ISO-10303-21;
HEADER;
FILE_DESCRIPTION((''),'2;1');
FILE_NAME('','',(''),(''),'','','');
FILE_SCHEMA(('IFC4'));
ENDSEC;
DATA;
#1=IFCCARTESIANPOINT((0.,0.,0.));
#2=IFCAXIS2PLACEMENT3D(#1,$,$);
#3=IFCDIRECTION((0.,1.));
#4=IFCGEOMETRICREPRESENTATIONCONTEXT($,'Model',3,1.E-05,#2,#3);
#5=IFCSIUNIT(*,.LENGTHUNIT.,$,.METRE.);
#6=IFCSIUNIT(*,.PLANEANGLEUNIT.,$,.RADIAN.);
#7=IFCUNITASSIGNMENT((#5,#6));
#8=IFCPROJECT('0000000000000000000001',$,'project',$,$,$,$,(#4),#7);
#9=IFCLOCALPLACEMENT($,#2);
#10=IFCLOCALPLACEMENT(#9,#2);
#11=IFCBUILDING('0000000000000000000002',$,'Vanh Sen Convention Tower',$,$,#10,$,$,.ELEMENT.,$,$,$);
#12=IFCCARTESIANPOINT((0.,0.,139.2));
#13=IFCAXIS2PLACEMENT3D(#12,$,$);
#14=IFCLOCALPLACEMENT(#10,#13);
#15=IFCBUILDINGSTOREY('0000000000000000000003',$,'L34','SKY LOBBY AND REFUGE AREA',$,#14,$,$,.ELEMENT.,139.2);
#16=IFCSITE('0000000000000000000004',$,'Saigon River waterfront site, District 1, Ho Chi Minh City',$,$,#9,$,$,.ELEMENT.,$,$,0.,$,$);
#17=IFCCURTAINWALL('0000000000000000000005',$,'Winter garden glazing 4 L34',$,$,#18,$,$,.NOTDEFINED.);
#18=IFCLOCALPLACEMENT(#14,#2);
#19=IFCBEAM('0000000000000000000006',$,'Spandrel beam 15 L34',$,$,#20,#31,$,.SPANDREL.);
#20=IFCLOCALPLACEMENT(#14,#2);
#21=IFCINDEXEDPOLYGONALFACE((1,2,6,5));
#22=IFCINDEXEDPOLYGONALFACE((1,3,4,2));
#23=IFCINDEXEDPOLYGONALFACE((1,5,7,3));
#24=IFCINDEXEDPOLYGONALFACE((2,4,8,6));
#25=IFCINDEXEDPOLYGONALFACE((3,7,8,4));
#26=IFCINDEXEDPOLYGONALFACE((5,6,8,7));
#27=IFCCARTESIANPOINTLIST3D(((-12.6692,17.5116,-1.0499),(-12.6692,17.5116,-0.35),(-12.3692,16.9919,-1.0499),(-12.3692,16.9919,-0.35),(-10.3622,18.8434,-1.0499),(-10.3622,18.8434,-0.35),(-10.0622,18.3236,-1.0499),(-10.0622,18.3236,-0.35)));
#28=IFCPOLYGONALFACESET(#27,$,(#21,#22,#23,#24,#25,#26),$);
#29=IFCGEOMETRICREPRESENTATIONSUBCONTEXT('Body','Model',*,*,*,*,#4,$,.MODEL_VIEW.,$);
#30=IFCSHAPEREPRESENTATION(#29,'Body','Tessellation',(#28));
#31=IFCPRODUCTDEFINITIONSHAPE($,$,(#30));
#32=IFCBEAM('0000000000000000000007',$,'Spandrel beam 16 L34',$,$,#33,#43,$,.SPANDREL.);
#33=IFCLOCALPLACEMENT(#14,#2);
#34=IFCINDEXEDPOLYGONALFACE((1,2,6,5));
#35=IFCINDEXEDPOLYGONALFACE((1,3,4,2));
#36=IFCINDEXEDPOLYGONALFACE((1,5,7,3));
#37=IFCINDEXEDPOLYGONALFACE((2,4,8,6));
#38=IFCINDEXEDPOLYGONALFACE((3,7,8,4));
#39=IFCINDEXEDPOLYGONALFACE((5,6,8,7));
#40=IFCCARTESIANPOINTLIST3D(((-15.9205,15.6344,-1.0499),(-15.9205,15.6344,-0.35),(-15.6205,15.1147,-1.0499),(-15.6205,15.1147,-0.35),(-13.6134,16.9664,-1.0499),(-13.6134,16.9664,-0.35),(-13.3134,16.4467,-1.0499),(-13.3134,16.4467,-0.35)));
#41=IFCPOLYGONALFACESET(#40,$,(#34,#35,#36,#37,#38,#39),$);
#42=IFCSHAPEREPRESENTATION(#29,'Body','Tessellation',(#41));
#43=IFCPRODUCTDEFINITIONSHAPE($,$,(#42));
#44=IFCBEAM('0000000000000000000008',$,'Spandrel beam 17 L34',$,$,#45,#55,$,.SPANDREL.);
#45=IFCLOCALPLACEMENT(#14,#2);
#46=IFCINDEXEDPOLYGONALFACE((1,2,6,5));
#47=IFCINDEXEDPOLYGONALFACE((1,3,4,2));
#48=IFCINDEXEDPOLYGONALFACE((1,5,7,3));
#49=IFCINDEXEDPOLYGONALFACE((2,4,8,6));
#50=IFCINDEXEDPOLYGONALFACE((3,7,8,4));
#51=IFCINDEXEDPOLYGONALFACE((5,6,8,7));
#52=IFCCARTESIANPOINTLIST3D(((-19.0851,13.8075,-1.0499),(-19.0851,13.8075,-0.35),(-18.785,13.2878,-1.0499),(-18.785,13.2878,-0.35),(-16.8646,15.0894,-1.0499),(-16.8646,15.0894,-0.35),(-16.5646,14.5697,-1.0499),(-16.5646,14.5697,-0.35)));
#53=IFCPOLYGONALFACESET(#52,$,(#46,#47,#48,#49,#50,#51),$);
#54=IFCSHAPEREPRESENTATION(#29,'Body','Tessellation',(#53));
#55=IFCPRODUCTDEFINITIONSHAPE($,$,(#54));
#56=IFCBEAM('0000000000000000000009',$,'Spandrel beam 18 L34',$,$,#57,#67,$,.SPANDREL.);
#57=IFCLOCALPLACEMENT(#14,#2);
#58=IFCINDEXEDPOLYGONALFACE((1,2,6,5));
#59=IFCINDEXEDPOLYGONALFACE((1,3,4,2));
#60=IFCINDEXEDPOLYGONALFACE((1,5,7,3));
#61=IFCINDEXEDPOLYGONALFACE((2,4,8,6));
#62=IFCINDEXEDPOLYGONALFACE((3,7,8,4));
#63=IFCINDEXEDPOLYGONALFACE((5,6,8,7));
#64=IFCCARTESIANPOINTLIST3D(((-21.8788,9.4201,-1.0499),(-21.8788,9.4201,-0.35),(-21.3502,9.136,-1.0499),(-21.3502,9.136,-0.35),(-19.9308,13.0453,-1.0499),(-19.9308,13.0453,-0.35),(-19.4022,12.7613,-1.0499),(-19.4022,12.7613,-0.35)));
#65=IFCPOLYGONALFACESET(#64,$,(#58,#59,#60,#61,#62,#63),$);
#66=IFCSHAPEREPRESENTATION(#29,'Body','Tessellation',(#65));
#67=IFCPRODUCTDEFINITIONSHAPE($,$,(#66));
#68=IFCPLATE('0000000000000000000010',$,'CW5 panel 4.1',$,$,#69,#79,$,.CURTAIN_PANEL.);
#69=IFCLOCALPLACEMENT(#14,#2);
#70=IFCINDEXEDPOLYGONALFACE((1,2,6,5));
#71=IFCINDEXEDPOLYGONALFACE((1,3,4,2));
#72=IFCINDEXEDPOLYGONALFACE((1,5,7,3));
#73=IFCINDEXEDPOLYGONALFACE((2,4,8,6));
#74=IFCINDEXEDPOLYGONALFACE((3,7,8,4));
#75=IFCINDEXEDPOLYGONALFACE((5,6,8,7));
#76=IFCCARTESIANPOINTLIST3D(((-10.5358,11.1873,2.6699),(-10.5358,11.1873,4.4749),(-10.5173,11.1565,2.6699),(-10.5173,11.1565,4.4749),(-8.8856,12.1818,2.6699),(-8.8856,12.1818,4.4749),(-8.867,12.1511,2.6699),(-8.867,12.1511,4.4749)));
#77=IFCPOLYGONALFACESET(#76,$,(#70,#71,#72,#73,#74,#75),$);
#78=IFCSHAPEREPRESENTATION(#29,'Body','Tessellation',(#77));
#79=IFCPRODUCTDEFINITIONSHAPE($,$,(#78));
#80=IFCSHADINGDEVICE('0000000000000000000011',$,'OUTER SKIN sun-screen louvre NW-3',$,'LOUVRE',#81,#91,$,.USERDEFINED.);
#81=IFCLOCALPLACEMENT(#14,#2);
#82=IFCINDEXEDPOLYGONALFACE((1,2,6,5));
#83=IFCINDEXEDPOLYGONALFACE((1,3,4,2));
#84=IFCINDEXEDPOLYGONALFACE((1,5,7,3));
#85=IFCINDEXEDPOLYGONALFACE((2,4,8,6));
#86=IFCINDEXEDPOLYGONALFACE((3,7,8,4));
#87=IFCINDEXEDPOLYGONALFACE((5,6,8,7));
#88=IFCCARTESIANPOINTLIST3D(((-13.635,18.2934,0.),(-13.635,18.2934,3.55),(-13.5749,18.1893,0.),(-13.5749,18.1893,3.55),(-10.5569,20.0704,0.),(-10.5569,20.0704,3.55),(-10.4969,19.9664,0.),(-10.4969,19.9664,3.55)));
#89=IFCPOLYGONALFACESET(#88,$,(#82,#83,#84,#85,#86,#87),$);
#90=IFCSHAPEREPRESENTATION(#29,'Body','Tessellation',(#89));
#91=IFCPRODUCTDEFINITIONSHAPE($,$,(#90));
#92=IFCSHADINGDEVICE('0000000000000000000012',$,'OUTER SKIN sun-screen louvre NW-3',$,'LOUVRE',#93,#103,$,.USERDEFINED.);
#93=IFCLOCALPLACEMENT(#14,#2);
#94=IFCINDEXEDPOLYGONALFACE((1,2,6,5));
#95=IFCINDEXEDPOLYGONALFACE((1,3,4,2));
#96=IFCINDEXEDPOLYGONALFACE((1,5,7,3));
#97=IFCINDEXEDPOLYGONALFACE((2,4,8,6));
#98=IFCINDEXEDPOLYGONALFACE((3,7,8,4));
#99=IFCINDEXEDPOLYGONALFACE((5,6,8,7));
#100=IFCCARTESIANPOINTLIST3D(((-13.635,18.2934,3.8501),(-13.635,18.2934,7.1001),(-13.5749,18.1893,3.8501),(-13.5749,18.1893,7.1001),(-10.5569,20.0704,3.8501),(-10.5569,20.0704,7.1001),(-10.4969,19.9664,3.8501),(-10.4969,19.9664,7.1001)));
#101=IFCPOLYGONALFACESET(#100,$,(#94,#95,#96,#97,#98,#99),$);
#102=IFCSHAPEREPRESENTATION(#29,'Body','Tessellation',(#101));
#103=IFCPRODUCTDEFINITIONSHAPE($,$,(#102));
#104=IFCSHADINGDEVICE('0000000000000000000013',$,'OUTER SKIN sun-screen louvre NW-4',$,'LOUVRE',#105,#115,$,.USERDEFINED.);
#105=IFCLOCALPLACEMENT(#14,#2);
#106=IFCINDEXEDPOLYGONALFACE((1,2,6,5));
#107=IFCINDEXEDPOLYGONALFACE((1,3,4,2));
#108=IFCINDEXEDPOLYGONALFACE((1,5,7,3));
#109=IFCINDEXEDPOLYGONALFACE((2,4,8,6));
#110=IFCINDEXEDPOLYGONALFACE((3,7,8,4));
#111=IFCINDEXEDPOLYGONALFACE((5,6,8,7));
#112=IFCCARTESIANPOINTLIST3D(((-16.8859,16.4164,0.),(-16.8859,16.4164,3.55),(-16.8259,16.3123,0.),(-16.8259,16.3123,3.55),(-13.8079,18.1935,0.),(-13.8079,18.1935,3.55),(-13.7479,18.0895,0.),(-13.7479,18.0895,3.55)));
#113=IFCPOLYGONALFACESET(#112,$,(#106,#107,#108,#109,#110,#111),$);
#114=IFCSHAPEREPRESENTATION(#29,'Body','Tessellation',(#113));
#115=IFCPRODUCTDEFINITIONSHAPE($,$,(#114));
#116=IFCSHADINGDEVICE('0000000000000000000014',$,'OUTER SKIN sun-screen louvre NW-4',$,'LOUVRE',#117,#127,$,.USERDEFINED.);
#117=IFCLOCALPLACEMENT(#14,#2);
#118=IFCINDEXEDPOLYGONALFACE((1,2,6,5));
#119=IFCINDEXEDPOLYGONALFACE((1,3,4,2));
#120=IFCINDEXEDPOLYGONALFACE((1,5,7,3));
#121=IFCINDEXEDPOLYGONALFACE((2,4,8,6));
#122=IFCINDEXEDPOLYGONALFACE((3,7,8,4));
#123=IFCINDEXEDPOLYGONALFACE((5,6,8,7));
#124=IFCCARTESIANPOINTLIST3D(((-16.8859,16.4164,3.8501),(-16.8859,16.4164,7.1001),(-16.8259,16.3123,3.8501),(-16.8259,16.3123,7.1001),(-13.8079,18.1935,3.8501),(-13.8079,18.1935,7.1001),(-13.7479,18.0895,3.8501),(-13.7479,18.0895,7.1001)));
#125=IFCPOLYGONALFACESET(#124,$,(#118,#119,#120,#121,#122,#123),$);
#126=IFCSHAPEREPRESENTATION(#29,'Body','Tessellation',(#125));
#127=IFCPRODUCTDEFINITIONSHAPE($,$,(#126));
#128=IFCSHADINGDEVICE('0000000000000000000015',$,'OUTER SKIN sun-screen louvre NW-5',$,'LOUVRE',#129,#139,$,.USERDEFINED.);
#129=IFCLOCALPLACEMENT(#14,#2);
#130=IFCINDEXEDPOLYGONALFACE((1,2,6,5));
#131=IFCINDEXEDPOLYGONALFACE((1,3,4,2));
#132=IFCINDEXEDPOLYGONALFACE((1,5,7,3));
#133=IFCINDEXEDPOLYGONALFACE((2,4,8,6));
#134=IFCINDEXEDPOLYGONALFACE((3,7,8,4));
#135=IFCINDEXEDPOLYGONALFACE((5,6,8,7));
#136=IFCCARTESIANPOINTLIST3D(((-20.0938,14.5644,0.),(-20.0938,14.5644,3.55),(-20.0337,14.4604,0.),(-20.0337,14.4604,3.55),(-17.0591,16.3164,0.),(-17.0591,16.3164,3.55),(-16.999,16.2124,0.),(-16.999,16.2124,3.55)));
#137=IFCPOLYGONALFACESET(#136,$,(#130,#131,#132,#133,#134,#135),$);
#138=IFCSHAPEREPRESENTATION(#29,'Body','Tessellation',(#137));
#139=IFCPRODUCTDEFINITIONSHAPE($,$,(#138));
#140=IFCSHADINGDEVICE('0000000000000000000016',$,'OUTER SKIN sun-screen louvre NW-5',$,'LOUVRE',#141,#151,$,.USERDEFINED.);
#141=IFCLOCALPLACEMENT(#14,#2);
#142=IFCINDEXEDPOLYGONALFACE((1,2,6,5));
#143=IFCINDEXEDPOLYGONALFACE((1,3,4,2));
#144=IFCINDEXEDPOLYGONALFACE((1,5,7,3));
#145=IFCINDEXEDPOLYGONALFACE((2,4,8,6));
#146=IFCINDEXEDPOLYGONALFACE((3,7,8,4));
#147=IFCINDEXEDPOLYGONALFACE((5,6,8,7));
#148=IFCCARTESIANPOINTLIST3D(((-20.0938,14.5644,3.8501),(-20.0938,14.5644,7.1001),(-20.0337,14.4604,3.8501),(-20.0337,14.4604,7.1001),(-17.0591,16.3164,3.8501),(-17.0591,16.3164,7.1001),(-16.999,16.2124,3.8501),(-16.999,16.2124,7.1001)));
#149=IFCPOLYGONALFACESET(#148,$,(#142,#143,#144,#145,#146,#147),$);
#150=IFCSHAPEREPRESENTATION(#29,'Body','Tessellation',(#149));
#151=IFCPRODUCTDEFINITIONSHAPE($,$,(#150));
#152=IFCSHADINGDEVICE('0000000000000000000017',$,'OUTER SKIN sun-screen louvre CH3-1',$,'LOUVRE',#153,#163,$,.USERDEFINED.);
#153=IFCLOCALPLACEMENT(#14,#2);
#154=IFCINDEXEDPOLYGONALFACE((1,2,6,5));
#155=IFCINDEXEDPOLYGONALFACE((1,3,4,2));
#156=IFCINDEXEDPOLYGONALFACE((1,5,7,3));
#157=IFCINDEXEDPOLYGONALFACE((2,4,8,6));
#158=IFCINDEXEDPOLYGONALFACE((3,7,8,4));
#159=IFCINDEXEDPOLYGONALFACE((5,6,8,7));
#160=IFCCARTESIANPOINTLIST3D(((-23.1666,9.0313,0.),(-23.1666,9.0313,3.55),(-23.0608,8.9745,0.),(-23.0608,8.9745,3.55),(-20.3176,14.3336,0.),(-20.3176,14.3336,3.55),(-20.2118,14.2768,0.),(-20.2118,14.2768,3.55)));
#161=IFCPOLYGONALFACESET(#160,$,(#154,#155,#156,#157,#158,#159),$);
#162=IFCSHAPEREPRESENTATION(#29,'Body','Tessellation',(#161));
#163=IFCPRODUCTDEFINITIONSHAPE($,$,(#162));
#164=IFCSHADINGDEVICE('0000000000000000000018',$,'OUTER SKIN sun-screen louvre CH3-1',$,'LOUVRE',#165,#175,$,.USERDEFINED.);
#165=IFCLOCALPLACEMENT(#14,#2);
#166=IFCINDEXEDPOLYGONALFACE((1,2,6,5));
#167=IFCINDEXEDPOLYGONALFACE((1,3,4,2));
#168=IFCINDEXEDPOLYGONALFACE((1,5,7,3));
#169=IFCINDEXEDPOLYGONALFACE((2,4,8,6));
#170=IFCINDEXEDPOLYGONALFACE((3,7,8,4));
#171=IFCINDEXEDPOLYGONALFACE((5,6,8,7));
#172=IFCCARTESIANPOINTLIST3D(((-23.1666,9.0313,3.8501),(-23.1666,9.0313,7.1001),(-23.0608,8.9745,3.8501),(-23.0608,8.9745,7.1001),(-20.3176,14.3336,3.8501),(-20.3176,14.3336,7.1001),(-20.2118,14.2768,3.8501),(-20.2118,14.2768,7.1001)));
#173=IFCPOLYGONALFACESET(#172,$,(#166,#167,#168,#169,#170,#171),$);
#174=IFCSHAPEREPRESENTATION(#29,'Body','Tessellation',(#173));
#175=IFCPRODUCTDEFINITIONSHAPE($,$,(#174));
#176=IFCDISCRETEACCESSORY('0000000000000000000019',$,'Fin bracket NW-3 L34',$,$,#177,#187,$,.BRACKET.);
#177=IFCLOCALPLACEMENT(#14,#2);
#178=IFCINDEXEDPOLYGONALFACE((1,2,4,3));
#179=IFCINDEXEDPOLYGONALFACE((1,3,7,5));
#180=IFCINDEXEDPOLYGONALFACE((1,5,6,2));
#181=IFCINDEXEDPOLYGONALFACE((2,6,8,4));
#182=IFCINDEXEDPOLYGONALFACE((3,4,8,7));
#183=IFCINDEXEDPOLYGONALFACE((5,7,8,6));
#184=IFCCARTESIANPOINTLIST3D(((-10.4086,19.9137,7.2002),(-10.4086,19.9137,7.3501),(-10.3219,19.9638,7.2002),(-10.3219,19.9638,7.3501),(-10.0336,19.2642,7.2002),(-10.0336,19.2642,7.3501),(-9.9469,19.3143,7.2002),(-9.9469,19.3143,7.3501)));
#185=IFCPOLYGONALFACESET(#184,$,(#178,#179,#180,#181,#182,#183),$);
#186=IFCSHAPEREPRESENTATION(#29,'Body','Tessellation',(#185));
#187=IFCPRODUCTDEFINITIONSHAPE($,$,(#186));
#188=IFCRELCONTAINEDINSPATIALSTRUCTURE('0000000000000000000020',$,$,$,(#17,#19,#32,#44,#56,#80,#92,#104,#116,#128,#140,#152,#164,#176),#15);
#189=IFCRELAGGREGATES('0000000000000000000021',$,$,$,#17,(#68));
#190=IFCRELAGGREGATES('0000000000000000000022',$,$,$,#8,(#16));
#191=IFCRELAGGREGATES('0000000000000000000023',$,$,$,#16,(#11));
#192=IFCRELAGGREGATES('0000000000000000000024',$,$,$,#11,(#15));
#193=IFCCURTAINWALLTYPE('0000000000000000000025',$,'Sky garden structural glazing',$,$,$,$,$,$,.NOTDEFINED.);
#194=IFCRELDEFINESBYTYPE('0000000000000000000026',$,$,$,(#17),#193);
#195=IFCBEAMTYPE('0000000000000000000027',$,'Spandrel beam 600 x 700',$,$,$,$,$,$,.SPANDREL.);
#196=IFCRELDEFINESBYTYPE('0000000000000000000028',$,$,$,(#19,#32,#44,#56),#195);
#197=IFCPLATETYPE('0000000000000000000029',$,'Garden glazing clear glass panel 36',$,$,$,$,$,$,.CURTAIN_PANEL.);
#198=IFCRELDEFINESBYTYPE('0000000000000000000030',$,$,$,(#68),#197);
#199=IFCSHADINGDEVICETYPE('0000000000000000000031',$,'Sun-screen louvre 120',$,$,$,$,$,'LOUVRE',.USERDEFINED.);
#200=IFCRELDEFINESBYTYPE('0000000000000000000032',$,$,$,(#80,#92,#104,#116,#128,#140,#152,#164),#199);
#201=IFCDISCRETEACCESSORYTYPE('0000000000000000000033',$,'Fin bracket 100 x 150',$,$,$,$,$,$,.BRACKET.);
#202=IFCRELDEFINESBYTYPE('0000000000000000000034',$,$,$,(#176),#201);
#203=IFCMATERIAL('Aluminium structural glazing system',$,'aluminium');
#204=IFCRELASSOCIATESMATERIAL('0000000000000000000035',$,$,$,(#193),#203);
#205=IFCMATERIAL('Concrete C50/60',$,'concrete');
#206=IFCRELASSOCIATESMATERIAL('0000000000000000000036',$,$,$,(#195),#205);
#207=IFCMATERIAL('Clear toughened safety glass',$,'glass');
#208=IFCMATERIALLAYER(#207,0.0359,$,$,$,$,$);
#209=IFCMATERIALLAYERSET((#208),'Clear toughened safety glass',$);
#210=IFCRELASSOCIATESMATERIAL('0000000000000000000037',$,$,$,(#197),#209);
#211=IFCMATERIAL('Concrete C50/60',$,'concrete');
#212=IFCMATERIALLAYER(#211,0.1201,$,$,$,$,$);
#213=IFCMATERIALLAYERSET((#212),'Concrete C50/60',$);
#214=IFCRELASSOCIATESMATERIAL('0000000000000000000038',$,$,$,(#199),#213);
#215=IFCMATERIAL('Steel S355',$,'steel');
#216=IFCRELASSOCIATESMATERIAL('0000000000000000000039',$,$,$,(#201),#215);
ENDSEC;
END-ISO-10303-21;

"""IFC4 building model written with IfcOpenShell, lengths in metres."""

from ifc_helpers import new_model, si_unit, direction, frame, origin, origin_2d, place, context, subcontext, project, spatial, rectangle, extrude, material, layer, layer_set, material_profile, profile_set, type_object, element, aggregate, save


model = new_model("IFC4")

# Units and contexts
model_context = context("Model", 3, precision=1e-05, world=origin(), true_north=direction((0.0, 1.0)))
body_context = subcontext(model_context, "Body", "Model", "MODEL_VIEW")
ifc_project = project(units=[si_unit("LENGTHUNIT", "METRE"), si_unit("PLANEANGLEUNIT", "RADIAN")], contexts=[model_context])

# Site, building, storey
site_placement = place(None, origin())
site = spatial("IfcSite", under=ifc_project, at=site_placement, Name="Saigon River waterfront site, District 1, Ho Chi Minh City", CompositionType="ELEMENT", RefElevation=0.0)
building_placement = place(site_placement, origin())
building = spatial("IfcBuilding", under=site, at=building_placement, Name="Vanh Sen Convention Tower", CompositionType="ELEMENT")
storey_placement = place(building_placement, frame((0.0, 0.0, 139.2)))
storey = spatial("IfcBuildingStorey", under=building, at=storey_placement, Name="L34", Description="SKY LOBBY AND REFUGE AREA", CompositionType="ELEMENT", Elevation=139.2)

# Curtain wall
ifc_material_1 = material(Name="Aluminium structural glazing system", Category="aluminium")
curtain_wall_type_1 = type_object("IfcCurtainWallType", Name="Sky garden structural glazing", PredefinedType="NOTDEFINED", material=ifc_material_1)
curtain_wall_1_placement = place(storey_placement, origin())
curtain_wall_1 = element("IfcCurtainWall", 1, at=curtain_wall_1_placement, inside=storey, type_object=curtain_wall_type_1, Name="Winter garden glazing 4 L34", PredefinedType="NOTDEFINED")

# Beams
ifc_material_2 = material(Name="Concrete C50/60", Category="concrete")
ifc_material_profile_1 = material_profile(ifc_material_2, rectangle(XDim=0.6001, YDim=0.7, at=origin_2d()), Name="RC 600X700")
ifc_profile_set_1 = profile_set([ifc_material_profile_1], Name="Concrete C50/60")
beam_type_1 = type_object("IfcBeamType", Name="Spandrel beam 600 x 700", PredefinedType="SPANDREL", material=ifc_profile_set_1)
beam_1_placement = place(storey_placement, frame((-10.2122, 18.5835, -0.7), z_axis=(-0.866063, -0.499934, 0.0), x_axis=(0.499934, -0.866063, 0.0)))
element("IfcBeam", 2, at=beam_1_placement, inside=storey, type_object=beam_type_1, Name="Spandrel beam 15 L34", PredefinedType="SPANDREL", context=body_context, shape_type="SweptSolid", body=[
    extrude(rectangle(XDim=0.6001, YDim=0.7, at=origin_2d()), origin(), (0.0, 0.0, 1.0), 2.6638),
])
beam_2_placement = place(storey_placement, frame((-13.4634, 16.7065, -0.7), z_axis=(-0.866024, -0.500003, 0.0), x_axis=(0.500003, -0.866024, 0.0)))
element("IfcBeam", 3, at=beam_2_placement, inside=storey, type_object=beam_type_1, Name="Spandrel beam 16 L34", PredefinedType="SPANDREL", context=body_context, shape_type="SweptSolid", body=[
    extrude(rectangle(XDim=0.6001, YDim=0.7, at=origin_2d()), origin(), (0.0, 0.0, 1.0), 2.6641),
])
beam_3_placement = place(storey_placement, frame((-16.7146, 14.8296, -0.7), z_axis=(-0.866025, -0.5, 0.0), x_axis=(0.5, -0.866025, 0.0)))
element("IfcBeam", 4, at=beam_3_placement, inside=storey, type_object=beam_type_1, Name="Spandrel beam 17 L34", PredefinedType="SPANDREL", context=body_context, shape_type="SweptSolid", body=[
    extrude(rectangle(XDim=0.6001, YDim=0.7, at=origin_2d()), origin(), (0.0, 0.0, 1.0), 2.564),
])
beam_4_placement = place(storey_placement, frame((-19.6665, 12.9033, -0.7), z_axis=(-0.473336, -0.880882, 0.0), x_axis=(0.880882, -0.473336, 0.0)))
element("IfcBeam", 5, at=beam_4_placement, inside=storey, type_object=beam_type_1, Name="Spandrel beam 18 L34", PredefinedType="SPANDREL", context=body_context, shape_type="SweptSolid", body=[
    extrude(rectangle(XDim=0.6001, YDim=0.7, at=origin_2d()), origin(), (0.0, 0.0, 1.0), 4.1155),
])

# Plate
ifc_material_3 = material(Name="Clear toughened safety glass", Category="glass")
ifc_layer_1 = layer(ifc_material_3, 0.0359)
ifc_layer_set_1 = layer_set([ifc_layer_1], Name="Clear toughened safety glass")
plate_type = type_object("IfcPlateType", Name="Garden glazing clear glass panel 36", PredefinedType="CURTAIN_PANEL", material=ifc_layer_set_1)
plate_placement = place(storey_placement, frame((-9.7014, 11.6692, 2.6699), z_axis=(0.0, 0.0, 1.0), x_axis=(0.856483, 0.516176, 0.0)))
plate = element("IfcPlate", 6, at=plate_placement, type_object=plate_type, Name="CW5 panel 4.1", PredefinedType="CURTAIN_PANEL", context=body_context, shape_type="SweptSolid", body=[
    extrude(rectangle(XDim=1.9268, YDim=0.0359, at=origin_2d()), origin(), (0.0, 0.0, 1.0), 1.8049),
])
aggregate(curtain_wall_1, [plate])

# Shading devices
ifc_material_4 = material(Name="Concrete C50/60", Category="concrete")
ifc_layer_2 = layer(ifc_material_4, 0.1201)
ifc_layer_set_2 = layer_set([ifc_layer_2], Name="Concrete C50/60")
shading_device_type = type_object("IfcShadingDeviceType", Name="Sun-screen louvre 120", ElementType="LOUVRE", PredefinedType="USERDEFINED", material=ifc_layer_set_2)
shading_device_1_placement = place(storey_placement, frame((-12.0659, 19.1299, 0.0), z_axis=(0.0, 0.0, 1.0), x_axis=(-0.866035, -0.499983, 0.0)))
element("IfcShadingDevice", 7, at=shading_device_1_placement, inside=storey, type_object=shading_device_type, Name="OUTER SKIN sun-screen louvre NW-3", ObjectType="LOUVRE", PredefinedType="USERDEFINED", context=body_context, shape_type="SweptSolid", body=[
    extrude(rectangle(XDim=3.5542, YDim=0.1201, at=origin_2d()), origin(), (0.0, 0.0, 1.0), 3.55),
])
shading_device_2_placement = place(storey_placement, frame((-12.0659, 19.1299, 3.8501), z_axis=(0.0, 0.0, 1.0), x_axis=(-0.866035, -0.499983, 0.0)))
element("IfcShadingDevice", 8, at=shading_device_2_placement, inside=storey, type_object=shading_device_type, Name="OUTER SKIN sun-screen louvre NW-3", ObjectType="LOUVRE", PredefinedType="USERDEFINED", context=body_context, shape_type="SweptSolid", body=[
    extrude(rectangle(XDim=3.5542, YDim=0.1201, at=origin_2d()), origin(), (0.0, 0.0, 1.0), 3.25),
])
shading_device_3_placement = place(storey_placement, frame((-15.3169, 17.2529, 0.0), z_axis=(0.0, 0.0, 1.0), x_axis=(-0.866017, -0.500015, 0.0)))
element("IfcShadingDevice", 9, at=shading_device_3_placement, inside=storey, type_object=shading_device_type, Name="OUTER SKIN sun-screen louvre NW-4", ObjectType="LOUVRE", PredefinedType="USERDEFINED", context=body_context, shape_type="SweptSolid", body=[
    extrude(rectangle(XDim=3.5542, YDim=0.1201, at=origin_2d()), origin(), (0.0, 0.0, 1.0), 3.55),
])
shading_device_4_placement = place(storey_placement, frame((-15.3169, 17.2529, 3.8501), z_axis=(0.0, 0.0, 1.0), x_axis=(-0.866017, -0.500015, 0.0)))
element("IfcShadingDevice", 10, at=shading_device_4_placement, inside=storey, type_object=shading_device_type, Name="OUTER SKIN sun-screen louvre NW-4", ObjectType="LOUVRE", PredefinedType="USERDEFINED", context=body_context, shape_type="SweptSolid", body=[
    extrude(rectangle(XDim=3.5542, YDim=0.1201, at=origin_2d()), origin(), (0.0, 0.0, 1.0), 3.25),
])
shading_device_5_placement = place(storey_placement, frame((-18.5464, 15.3884, 0.0), z_axis=(0.0, 0.0, 1.0), x_axis=(-0.866035, -0.499983, 0.0)))
element("IfcShadingDevice", 11, at=shading_device_5_placement, inside=storey, type_object=shading_device_type, Name="OUTER SKIN sun-screen louvre NW-5", ObjectType="LOUVRE", PredefinedType="USERDEFINED", context=body_context, shape_type="SweptSolid", body=[
    extrude(rectangle(XDim=3.5042, YDim=0.1201, at=origin_2d()), origin(), (0.0, 0.0, 1.0), 3.55),
])
shading_device_6_placement = place(storey_placement, frame((-18.5464, 15.3884, 3.8501), z_axis=(0.0, 0.0, 1.0), x_axis=(-0.866035, -0.499983, 0.0)))
element("IfcShadingDevice", 12, at=shading_device_6_placement, inside=storey, type_object=shading_device_type, Name="OUTER SKIN sun-screen louvre NW-5", ObjectType="LOUVRE", PredefinedType="USERDEFINED", context=body_context, shape_type="SweptSolid", body=[
    extrude(rectangle(XDim=3.5042, YDim=0.1201, at=origin_2d()), origin(), (0.0, 0.0, 1.0), 3.25),
])
shading_device_7_placement = place(storey_placement, frame((-21.6892, 11.6541, 0.0), z_axis=(0.0, 0.0, 1.0), x_axis=(-0.473318, -0.880892, 0.0)))
element("IfcShadingDevice", 13, at=shading_device_7_placement, inside=storey, type_object=shading_device_type, Name="OUTER SKIN sun-screen louvre CH3-1", ObjectType="LOUVRE", PredefinedType="USERDEFINED", context=body_context, shape_type="SweptSolid", body=[
    extrude(rectangle(XDim=6.0193, YDim=0.1201, at=origin_2d()), origin(), (0.0, 0.0, 1.0), 3.55),
])
shading_device_8_placement = place(storey_placement, frame((-21.6892, 11.6541, 3.8501), z_axis=(0.0, 0.0, 1.0), x_axis=(-0.473318, -0.880892, 0.0)))
element("IfcShadingDevice", 14, at=shading_device_8_placement, inside=storey, type_object=shading_device_type, Name="OUTER SKIN sun-screen louvre CH3-1", ObjectType="LOUVRE", PredefinedType="USERDEFINED", context=body_context, shape_type="SweptSolid", body=[
    extrude(rectangle(XDim=6.0193, YDim=0.1201, at=origin_2d()), origin(), (0.0, 0.0, 1.0), 3.25),
])

# Discrete accessory
ifc_material_5 = material(Name="Steel S355", Category="steel")
discrete_accessory_type = type_object("IfcDiscreteAccessoryType", Name="Fin bracket 100 x 150", PredefinedType="BRACKET", material=ifc_material_5)
for number, where, z_axis, x_axis, name in (
    (15, (-10.1777, 19.614, 7.2002), (0.0, 0.0, 1.0), (-0.5, 0.866025, 0.0), "Fin bracket NW-3 L34"),
):
    element("IfcDiscreteAccessory", number, at=place(storey_placement, frame(where, z_axis=z_axis, x_axis=x_axis)), inside=storey, type_object=discrete_accessory_type, Name=name, PredefinedType="BRACKET", context=body_context, shape_type="SweptSolid", body=[
        extrude(rectangle(XDim=0.75, YDim=0.1001, at=origin_2d()), origin(), (0.0, 0.0, 1.0), 0.1499),
    ])

save(model, "model.ifc")
